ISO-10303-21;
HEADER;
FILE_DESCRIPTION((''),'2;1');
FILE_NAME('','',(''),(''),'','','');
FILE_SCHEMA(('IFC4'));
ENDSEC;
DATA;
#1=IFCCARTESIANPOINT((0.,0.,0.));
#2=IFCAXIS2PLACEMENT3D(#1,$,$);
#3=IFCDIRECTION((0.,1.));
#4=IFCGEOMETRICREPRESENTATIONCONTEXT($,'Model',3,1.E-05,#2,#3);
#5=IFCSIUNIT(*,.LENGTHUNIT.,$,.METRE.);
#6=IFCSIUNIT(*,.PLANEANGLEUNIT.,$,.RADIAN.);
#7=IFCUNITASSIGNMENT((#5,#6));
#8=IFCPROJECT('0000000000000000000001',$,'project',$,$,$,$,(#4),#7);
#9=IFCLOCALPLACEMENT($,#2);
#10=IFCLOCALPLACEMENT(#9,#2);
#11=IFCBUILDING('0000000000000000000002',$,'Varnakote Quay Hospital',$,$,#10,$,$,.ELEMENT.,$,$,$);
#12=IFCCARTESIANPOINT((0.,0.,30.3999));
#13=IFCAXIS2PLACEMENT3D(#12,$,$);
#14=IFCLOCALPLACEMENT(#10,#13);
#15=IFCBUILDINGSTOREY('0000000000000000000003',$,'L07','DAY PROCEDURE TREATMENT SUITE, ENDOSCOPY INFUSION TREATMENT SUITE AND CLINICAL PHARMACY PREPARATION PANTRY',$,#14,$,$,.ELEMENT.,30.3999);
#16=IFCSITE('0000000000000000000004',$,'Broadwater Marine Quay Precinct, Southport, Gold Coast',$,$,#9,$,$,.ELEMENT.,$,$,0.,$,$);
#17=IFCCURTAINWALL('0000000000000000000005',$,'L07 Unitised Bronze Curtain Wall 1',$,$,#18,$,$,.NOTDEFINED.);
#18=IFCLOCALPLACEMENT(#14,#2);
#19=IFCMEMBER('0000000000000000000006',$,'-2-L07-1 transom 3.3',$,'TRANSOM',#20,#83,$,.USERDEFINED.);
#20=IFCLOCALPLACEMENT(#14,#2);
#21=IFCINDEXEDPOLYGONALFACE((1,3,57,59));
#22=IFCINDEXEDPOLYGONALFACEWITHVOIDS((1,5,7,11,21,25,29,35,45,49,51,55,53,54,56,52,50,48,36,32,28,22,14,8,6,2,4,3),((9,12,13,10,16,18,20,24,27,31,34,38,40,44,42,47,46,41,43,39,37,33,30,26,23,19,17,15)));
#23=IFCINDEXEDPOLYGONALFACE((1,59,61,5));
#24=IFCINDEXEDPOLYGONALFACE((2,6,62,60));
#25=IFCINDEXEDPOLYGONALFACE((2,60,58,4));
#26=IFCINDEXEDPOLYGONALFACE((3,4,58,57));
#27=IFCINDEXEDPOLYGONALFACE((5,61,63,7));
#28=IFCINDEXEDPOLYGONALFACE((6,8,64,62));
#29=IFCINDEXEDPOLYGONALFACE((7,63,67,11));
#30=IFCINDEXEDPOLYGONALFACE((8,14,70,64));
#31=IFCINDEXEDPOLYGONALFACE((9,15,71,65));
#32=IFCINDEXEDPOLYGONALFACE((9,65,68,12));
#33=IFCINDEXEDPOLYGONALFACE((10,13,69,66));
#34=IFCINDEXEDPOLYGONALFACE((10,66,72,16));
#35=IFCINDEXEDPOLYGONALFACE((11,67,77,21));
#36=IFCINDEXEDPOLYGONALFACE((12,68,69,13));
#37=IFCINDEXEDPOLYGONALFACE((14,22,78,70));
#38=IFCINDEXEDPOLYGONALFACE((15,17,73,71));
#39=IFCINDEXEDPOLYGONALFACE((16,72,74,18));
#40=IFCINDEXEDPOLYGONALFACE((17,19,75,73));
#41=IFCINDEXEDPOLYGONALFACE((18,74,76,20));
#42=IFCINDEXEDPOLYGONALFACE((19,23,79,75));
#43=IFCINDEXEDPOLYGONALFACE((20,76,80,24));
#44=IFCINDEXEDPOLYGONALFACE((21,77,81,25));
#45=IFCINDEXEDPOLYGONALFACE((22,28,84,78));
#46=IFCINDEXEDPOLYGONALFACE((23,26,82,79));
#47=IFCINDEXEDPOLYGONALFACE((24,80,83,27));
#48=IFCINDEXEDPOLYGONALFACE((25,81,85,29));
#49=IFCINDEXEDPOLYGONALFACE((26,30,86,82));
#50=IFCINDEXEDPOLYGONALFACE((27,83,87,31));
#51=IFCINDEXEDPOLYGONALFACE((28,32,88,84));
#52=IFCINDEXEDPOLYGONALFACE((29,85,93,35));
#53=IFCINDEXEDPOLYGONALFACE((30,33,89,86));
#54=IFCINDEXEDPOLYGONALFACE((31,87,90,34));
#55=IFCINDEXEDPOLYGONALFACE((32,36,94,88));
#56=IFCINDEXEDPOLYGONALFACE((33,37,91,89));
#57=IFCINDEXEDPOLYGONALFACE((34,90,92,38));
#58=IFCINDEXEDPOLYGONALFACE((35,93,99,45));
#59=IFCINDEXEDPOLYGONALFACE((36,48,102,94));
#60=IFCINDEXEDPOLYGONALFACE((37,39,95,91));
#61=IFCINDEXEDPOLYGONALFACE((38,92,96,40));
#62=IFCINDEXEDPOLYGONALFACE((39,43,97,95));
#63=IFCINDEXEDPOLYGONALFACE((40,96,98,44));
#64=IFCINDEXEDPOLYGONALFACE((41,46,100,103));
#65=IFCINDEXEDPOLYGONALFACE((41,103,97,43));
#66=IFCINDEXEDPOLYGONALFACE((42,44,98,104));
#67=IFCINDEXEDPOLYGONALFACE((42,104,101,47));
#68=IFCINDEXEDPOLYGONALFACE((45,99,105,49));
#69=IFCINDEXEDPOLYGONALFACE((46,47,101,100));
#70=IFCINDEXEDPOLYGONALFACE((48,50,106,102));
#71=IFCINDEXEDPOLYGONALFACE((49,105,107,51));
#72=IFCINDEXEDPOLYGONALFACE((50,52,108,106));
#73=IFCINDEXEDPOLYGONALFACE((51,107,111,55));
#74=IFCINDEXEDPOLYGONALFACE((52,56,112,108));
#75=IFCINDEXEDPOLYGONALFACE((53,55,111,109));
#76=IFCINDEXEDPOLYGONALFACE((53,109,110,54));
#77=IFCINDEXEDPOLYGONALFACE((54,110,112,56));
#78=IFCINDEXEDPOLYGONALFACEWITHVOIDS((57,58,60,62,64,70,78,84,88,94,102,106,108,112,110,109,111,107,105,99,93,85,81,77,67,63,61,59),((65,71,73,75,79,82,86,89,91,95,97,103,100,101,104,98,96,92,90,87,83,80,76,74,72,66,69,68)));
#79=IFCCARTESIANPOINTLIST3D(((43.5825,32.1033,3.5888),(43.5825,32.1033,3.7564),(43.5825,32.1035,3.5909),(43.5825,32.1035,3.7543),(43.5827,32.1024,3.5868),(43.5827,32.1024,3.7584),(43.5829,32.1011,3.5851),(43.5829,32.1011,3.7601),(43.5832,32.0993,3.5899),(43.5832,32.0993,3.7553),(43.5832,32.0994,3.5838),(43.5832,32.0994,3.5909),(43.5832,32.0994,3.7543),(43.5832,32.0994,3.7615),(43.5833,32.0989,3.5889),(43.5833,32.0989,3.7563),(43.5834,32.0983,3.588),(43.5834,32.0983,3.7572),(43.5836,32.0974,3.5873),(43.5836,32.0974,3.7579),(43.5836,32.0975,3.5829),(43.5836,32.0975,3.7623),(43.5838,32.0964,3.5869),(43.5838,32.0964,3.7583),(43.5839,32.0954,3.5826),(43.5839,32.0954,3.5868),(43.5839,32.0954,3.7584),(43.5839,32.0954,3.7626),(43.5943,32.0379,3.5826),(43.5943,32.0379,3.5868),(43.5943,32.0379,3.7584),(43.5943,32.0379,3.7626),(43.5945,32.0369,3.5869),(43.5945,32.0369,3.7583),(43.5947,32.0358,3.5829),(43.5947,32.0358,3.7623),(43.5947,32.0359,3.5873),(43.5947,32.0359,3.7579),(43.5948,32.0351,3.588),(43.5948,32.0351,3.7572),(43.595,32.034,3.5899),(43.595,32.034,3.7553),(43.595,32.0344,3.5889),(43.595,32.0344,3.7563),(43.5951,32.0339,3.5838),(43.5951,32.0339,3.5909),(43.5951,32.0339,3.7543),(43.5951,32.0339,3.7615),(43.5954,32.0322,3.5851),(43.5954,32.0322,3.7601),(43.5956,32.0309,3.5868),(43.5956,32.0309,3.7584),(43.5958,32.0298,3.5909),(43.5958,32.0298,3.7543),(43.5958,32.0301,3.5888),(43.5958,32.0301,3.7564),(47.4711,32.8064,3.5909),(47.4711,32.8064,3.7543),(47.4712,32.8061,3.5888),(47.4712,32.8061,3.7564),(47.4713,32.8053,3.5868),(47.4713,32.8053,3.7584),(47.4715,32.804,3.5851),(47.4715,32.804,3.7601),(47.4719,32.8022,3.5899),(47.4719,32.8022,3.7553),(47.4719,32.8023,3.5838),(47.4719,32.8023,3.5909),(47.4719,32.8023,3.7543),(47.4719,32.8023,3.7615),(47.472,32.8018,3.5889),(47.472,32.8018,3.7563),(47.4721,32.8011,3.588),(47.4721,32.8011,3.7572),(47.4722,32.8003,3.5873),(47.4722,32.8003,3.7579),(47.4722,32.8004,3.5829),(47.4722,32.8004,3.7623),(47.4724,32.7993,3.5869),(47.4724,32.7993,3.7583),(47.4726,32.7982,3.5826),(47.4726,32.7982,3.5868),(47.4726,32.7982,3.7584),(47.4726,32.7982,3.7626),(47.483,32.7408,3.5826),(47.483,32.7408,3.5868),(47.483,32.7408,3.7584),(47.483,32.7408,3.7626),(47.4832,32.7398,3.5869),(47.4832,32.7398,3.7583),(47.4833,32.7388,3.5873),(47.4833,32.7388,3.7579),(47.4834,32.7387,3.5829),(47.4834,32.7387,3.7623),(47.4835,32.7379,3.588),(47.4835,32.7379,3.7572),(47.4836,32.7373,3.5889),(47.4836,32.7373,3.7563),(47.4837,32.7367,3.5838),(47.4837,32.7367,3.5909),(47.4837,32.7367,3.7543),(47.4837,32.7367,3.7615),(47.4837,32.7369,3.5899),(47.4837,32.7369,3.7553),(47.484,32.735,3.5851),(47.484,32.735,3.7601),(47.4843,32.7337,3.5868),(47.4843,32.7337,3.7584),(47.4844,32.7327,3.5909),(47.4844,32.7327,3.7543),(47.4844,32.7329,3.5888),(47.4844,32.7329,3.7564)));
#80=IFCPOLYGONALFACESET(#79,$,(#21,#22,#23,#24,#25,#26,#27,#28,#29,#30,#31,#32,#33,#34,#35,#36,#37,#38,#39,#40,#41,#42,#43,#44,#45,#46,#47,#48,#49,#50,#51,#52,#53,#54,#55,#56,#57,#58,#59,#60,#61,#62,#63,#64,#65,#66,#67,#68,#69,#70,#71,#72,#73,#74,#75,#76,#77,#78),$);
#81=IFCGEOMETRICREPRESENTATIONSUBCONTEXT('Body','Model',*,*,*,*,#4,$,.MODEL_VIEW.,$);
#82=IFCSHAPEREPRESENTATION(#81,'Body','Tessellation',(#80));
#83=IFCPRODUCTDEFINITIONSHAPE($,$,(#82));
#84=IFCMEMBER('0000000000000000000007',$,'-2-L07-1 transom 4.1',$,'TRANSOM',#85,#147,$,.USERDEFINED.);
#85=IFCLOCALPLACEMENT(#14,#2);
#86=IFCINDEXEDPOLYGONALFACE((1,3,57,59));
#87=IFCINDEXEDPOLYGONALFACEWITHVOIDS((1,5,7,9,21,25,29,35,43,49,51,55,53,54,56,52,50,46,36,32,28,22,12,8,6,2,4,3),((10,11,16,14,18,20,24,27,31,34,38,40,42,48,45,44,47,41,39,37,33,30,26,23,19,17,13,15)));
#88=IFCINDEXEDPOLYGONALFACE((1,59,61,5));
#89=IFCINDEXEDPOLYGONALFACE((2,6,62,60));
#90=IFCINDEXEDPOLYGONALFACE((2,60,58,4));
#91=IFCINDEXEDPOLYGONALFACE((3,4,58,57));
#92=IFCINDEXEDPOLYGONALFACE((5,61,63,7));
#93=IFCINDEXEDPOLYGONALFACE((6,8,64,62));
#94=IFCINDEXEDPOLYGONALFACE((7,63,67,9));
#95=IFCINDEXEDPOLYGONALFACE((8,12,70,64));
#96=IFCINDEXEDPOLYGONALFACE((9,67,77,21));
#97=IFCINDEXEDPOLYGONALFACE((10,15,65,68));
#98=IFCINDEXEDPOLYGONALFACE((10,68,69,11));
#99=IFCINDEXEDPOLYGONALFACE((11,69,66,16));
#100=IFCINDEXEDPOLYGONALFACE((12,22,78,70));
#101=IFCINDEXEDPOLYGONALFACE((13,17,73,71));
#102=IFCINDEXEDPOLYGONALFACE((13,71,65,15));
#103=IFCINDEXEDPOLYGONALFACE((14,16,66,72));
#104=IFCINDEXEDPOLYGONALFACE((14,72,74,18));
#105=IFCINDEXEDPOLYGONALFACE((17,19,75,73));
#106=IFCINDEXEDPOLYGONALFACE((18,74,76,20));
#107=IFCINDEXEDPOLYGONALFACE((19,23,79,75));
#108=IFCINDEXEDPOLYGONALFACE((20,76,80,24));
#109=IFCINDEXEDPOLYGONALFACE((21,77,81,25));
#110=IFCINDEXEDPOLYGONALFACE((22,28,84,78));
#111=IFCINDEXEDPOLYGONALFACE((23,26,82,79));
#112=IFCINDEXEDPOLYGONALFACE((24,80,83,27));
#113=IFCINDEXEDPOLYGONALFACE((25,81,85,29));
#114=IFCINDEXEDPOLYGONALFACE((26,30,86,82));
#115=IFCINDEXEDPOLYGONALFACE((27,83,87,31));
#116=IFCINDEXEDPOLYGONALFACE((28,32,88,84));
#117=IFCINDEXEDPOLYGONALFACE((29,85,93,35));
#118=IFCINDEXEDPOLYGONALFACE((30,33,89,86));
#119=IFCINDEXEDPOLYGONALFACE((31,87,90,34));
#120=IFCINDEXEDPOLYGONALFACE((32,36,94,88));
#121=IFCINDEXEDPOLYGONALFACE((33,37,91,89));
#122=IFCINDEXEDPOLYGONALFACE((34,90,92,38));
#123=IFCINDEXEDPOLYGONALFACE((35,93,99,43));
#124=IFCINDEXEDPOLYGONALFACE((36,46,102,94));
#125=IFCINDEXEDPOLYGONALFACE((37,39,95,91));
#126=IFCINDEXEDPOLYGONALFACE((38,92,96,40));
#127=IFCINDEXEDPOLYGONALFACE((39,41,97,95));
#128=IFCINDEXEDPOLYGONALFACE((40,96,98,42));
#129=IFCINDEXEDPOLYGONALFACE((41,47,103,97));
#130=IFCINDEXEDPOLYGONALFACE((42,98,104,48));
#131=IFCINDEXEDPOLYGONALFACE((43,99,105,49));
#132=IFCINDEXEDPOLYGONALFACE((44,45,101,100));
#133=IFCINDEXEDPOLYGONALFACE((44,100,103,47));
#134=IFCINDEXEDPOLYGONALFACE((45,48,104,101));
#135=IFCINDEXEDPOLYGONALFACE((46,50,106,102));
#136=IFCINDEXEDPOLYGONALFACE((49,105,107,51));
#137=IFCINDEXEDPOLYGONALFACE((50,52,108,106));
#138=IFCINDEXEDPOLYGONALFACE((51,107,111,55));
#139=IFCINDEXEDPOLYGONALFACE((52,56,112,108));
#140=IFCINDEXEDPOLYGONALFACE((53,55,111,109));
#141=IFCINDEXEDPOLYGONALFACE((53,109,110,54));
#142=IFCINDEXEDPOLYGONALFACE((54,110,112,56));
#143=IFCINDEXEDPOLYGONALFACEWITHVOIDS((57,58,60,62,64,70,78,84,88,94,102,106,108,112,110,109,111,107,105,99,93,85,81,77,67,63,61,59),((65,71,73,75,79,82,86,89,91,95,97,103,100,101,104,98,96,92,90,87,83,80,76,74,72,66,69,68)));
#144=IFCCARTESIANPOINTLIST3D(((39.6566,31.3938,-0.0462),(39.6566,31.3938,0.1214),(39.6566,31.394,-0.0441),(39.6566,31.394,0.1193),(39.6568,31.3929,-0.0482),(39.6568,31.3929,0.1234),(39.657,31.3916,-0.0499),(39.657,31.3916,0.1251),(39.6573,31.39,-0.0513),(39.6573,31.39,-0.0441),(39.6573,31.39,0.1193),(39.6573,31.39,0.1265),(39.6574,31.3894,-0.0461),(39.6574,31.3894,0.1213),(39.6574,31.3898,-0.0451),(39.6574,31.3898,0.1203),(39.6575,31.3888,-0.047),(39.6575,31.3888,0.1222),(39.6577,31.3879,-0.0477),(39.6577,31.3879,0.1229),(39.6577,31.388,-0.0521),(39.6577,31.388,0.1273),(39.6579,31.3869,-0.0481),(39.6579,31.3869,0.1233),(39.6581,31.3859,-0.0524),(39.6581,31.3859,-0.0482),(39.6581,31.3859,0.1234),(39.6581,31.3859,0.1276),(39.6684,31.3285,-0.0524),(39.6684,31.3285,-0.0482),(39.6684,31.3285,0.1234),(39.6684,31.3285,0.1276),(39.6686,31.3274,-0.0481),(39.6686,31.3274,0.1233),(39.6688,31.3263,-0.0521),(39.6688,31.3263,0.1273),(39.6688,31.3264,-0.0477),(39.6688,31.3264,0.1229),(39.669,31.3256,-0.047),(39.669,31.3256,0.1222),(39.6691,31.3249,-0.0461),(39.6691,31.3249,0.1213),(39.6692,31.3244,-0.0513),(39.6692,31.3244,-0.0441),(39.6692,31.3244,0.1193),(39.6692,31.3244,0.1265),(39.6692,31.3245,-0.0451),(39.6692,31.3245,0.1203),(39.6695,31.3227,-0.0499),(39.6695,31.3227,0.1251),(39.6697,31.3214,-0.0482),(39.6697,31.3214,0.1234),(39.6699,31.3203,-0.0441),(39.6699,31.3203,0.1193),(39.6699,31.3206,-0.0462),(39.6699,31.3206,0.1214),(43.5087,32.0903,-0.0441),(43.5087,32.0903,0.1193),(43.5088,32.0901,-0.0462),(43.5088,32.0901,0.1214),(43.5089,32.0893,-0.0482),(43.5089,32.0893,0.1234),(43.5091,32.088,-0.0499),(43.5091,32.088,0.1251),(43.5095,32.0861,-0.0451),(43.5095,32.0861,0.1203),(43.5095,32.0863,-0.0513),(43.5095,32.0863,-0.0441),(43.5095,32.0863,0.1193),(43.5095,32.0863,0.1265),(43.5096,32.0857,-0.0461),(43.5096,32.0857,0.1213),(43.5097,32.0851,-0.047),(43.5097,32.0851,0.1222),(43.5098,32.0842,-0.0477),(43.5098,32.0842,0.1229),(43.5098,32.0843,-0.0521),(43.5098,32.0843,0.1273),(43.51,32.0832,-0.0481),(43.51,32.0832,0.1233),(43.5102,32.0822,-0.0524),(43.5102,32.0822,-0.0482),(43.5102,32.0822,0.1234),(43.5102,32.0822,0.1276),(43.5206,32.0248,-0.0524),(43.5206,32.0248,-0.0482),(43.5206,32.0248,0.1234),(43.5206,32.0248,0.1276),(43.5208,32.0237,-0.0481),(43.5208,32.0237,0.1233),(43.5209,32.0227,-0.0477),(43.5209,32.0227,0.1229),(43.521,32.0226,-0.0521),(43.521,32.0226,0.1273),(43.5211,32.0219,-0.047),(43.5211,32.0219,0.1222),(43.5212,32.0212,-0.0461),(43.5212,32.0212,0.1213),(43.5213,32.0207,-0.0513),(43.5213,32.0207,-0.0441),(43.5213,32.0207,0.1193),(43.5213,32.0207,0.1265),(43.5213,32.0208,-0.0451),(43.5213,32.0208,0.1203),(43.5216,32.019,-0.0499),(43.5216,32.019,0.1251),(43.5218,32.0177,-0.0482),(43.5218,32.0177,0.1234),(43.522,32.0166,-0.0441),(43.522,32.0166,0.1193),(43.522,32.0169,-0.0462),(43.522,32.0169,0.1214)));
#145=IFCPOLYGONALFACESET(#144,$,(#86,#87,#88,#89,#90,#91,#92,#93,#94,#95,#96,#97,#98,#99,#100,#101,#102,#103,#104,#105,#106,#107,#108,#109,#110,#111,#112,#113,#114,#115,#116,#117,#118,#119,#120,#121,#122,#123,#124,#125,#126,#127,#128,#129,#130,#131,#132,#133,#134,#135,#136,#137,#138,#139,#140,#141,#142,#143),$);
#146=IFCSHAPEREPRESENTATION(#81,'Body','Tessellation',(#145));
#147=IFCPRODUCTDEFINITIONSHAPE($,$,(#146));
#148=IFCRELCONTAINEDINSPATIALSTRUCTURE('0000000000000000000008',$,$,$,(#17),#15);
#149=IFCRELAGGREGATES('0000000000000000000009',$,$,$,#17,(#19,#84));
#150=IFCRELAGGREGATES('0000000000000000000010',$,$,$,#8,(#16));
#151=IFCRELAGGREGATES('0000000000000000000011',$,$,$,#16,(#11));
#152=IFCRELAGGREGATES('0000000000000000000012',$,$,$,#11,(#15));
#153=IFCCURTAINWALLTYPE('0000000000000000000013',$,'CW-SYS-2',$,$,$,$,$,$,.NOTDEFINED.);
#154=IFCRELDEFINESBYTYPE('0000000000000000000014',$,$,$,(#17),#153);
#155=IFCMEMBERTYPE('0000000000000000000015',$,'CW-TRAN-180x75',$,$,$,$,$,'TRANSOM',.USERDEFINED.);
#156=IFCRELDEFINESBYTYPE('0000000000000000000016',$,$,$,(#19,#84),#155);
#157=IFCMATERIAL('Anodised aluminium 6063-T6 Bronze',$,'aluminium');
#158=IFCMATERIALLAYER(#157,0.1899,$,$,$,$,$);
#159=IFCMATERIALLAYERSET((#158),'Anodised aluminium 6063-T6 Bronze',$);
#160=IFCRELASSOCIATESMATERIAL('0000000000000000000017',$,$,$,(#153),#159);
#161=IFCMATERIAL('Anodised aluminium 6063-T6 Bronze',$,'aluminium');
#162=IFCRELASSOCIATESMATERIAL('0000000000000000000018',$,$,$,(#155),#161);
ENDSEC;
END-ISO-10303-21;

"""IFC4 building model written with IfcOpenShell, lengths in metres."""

from ifc_helpers import new_model, si_unit, direction, frame, origin, origin_2d, place, context, subcontext, project, spatial, hollow_rectangle, extrude, material, layer, layer_set, material_profile, profile_set, type_object, element, aggregate, save


model = new_model("IFC4")

# Units and contexts
model_context = context("Model", 3, precision=1e-05, world=origin(), true_north=direction((0.0, 1.0)))
body_context = subcontext(model_context, "Body", "Model", "MODEL_VIEW")
ifc_project = project(units=[si_unit("LENGTHUNIT", "METRE"), si_unit("PLANEANGLEUNIT", "RADIAN")], contexts=[model_context])

# Site, building, storey
site_placement = place(None, origin())
site = spatial("IfcSite", under=ifc_project, at=site_placement, Name="Broadwater Marine Quay Precinct, Southport, Gold Coast", CompositionType="ELEMENT", RefElevation=0.0)
building_placement = place(site_placement, origin())
building = spatial("IfcBuilding", under=site, at=building_placement, Name="Varnakote Quay Hospital", CompositionType="ELEMENT")
storey_placement = place(building_placement, frame((0.0, 0.0, 30.3999)))
storey = spatial("IfcBuildingStorey", under=building, at=storey_placement, Name="L07", Description="DAY PROCEDURE TREATMENT SUITE, ENDOSCOPY INFUSION TREATMENT SUITE AND CLINICAL PHARMACY PREPARATION PANTRY", CompositionType="ELEMENT", Elevation=30.3999)

# Curtain wall, members
ifc_material_1 = material(Name="Anodised aluminium 6063-T6 Bronze", Category="aluminium")
ifc_layer_1 = layer(ifc_material_1, 0.1899)
ifc_layer_set_1 = layer_set([ifc_layer_1], Name="Anodised aluminium 6063-T6 Bronze")
curtain_wall_type = type_object("IfcCurtainWallType", Name="CW-SYS-2", PredefinedType="NOTDEFINED", material=ifc_layer_set_1)
curtain_wall_placement = place(storey_placement, origin())
curtain_wall = element("IfcCurtainWall", 1, at=curtain_wall_placement, inside=storey, type_object=curtain_wall_type, Name="L07 Unitised Bronze Curtain Wall 1", PredefinedType="NOTDEFINED")
ifc_material_2 = material(Name="Anodised aluminium 6063-T6 Bronze", Category="aluminium")
ifc_material_profile_1 = material_profile(ifc_material_2, hollow_rectangle(XDim=0.075, YDim=0.1799, WallThickness=0.0042, InnerFilletRadius=0.0042, OuterFilletRadius=0.0083, at=origin_2d()), Name="CW-TRAN-180x75")
ifc_profile_set_1 = profile_set([ifc_material_profile_1], Name="Anodised aluminium 6063-T6 Bronze")
member_type_1 = type_object("IfcMemberType", Name="CW-TRAN-180x75", ElementType="TRANSOM", PredefinedType="USERDEFINED", material=ifc_profile_set_1)
member_1_placement = place(storey_placement, frame((47.4778, 32.7695, 3.6726), z_axis=(-0.984054, -0.177869, 0.0), x_axis=(0.177869, -0.984054, 0.0)))
member_1 = element("IfcMember", 2, at=member_1_placement, type_object=member_type_1, Name="-2-L07-1 transom 3.3", ObjectType="TRANSOM", PredefinedType="USERDEFINED", context=body_context, shape_type="SweptSolid", body=[
    extrude(hollow_rectangle(XDim=0.075, YDim=0.1799, WallThickness=0.0042, InnerFilletRadius=0.0042, OuterFilletRadius=0.0083, at=origin_2d()), origin(), (0.0, 0.0, 1.0), 3.9517),
])
member_2_placement = place(storey_placement, frame((43.5154, 32.0535, 0.0376), z_axis=(-0.984053, -0.177875, 0.0), x_axis=(0.177875, -0.984053, 0.0)))
member_2 = element("IfcMember", 3, at=member_2_placement, type_object=member_type_1, Name="-2-L07-1 transom 4.1", ObjectType="TRANSOM", PredefinedType="USERDEFINED", context=body_context, shape_type="SweptSolid", body=[
    extrude(hollow_rectangle(XDim=0.075, YDim=0.1799, WallThickness=0.0042, InnerFilletRadius=0.0042, OuterFilletRadius=0.0083, at=origin_2d()), origin(), (0.0, 0.0, 1.0), 3.9146),
])

aggregate(curtain_wall, [member_1, member_2])

save(model, "model.ifc")
